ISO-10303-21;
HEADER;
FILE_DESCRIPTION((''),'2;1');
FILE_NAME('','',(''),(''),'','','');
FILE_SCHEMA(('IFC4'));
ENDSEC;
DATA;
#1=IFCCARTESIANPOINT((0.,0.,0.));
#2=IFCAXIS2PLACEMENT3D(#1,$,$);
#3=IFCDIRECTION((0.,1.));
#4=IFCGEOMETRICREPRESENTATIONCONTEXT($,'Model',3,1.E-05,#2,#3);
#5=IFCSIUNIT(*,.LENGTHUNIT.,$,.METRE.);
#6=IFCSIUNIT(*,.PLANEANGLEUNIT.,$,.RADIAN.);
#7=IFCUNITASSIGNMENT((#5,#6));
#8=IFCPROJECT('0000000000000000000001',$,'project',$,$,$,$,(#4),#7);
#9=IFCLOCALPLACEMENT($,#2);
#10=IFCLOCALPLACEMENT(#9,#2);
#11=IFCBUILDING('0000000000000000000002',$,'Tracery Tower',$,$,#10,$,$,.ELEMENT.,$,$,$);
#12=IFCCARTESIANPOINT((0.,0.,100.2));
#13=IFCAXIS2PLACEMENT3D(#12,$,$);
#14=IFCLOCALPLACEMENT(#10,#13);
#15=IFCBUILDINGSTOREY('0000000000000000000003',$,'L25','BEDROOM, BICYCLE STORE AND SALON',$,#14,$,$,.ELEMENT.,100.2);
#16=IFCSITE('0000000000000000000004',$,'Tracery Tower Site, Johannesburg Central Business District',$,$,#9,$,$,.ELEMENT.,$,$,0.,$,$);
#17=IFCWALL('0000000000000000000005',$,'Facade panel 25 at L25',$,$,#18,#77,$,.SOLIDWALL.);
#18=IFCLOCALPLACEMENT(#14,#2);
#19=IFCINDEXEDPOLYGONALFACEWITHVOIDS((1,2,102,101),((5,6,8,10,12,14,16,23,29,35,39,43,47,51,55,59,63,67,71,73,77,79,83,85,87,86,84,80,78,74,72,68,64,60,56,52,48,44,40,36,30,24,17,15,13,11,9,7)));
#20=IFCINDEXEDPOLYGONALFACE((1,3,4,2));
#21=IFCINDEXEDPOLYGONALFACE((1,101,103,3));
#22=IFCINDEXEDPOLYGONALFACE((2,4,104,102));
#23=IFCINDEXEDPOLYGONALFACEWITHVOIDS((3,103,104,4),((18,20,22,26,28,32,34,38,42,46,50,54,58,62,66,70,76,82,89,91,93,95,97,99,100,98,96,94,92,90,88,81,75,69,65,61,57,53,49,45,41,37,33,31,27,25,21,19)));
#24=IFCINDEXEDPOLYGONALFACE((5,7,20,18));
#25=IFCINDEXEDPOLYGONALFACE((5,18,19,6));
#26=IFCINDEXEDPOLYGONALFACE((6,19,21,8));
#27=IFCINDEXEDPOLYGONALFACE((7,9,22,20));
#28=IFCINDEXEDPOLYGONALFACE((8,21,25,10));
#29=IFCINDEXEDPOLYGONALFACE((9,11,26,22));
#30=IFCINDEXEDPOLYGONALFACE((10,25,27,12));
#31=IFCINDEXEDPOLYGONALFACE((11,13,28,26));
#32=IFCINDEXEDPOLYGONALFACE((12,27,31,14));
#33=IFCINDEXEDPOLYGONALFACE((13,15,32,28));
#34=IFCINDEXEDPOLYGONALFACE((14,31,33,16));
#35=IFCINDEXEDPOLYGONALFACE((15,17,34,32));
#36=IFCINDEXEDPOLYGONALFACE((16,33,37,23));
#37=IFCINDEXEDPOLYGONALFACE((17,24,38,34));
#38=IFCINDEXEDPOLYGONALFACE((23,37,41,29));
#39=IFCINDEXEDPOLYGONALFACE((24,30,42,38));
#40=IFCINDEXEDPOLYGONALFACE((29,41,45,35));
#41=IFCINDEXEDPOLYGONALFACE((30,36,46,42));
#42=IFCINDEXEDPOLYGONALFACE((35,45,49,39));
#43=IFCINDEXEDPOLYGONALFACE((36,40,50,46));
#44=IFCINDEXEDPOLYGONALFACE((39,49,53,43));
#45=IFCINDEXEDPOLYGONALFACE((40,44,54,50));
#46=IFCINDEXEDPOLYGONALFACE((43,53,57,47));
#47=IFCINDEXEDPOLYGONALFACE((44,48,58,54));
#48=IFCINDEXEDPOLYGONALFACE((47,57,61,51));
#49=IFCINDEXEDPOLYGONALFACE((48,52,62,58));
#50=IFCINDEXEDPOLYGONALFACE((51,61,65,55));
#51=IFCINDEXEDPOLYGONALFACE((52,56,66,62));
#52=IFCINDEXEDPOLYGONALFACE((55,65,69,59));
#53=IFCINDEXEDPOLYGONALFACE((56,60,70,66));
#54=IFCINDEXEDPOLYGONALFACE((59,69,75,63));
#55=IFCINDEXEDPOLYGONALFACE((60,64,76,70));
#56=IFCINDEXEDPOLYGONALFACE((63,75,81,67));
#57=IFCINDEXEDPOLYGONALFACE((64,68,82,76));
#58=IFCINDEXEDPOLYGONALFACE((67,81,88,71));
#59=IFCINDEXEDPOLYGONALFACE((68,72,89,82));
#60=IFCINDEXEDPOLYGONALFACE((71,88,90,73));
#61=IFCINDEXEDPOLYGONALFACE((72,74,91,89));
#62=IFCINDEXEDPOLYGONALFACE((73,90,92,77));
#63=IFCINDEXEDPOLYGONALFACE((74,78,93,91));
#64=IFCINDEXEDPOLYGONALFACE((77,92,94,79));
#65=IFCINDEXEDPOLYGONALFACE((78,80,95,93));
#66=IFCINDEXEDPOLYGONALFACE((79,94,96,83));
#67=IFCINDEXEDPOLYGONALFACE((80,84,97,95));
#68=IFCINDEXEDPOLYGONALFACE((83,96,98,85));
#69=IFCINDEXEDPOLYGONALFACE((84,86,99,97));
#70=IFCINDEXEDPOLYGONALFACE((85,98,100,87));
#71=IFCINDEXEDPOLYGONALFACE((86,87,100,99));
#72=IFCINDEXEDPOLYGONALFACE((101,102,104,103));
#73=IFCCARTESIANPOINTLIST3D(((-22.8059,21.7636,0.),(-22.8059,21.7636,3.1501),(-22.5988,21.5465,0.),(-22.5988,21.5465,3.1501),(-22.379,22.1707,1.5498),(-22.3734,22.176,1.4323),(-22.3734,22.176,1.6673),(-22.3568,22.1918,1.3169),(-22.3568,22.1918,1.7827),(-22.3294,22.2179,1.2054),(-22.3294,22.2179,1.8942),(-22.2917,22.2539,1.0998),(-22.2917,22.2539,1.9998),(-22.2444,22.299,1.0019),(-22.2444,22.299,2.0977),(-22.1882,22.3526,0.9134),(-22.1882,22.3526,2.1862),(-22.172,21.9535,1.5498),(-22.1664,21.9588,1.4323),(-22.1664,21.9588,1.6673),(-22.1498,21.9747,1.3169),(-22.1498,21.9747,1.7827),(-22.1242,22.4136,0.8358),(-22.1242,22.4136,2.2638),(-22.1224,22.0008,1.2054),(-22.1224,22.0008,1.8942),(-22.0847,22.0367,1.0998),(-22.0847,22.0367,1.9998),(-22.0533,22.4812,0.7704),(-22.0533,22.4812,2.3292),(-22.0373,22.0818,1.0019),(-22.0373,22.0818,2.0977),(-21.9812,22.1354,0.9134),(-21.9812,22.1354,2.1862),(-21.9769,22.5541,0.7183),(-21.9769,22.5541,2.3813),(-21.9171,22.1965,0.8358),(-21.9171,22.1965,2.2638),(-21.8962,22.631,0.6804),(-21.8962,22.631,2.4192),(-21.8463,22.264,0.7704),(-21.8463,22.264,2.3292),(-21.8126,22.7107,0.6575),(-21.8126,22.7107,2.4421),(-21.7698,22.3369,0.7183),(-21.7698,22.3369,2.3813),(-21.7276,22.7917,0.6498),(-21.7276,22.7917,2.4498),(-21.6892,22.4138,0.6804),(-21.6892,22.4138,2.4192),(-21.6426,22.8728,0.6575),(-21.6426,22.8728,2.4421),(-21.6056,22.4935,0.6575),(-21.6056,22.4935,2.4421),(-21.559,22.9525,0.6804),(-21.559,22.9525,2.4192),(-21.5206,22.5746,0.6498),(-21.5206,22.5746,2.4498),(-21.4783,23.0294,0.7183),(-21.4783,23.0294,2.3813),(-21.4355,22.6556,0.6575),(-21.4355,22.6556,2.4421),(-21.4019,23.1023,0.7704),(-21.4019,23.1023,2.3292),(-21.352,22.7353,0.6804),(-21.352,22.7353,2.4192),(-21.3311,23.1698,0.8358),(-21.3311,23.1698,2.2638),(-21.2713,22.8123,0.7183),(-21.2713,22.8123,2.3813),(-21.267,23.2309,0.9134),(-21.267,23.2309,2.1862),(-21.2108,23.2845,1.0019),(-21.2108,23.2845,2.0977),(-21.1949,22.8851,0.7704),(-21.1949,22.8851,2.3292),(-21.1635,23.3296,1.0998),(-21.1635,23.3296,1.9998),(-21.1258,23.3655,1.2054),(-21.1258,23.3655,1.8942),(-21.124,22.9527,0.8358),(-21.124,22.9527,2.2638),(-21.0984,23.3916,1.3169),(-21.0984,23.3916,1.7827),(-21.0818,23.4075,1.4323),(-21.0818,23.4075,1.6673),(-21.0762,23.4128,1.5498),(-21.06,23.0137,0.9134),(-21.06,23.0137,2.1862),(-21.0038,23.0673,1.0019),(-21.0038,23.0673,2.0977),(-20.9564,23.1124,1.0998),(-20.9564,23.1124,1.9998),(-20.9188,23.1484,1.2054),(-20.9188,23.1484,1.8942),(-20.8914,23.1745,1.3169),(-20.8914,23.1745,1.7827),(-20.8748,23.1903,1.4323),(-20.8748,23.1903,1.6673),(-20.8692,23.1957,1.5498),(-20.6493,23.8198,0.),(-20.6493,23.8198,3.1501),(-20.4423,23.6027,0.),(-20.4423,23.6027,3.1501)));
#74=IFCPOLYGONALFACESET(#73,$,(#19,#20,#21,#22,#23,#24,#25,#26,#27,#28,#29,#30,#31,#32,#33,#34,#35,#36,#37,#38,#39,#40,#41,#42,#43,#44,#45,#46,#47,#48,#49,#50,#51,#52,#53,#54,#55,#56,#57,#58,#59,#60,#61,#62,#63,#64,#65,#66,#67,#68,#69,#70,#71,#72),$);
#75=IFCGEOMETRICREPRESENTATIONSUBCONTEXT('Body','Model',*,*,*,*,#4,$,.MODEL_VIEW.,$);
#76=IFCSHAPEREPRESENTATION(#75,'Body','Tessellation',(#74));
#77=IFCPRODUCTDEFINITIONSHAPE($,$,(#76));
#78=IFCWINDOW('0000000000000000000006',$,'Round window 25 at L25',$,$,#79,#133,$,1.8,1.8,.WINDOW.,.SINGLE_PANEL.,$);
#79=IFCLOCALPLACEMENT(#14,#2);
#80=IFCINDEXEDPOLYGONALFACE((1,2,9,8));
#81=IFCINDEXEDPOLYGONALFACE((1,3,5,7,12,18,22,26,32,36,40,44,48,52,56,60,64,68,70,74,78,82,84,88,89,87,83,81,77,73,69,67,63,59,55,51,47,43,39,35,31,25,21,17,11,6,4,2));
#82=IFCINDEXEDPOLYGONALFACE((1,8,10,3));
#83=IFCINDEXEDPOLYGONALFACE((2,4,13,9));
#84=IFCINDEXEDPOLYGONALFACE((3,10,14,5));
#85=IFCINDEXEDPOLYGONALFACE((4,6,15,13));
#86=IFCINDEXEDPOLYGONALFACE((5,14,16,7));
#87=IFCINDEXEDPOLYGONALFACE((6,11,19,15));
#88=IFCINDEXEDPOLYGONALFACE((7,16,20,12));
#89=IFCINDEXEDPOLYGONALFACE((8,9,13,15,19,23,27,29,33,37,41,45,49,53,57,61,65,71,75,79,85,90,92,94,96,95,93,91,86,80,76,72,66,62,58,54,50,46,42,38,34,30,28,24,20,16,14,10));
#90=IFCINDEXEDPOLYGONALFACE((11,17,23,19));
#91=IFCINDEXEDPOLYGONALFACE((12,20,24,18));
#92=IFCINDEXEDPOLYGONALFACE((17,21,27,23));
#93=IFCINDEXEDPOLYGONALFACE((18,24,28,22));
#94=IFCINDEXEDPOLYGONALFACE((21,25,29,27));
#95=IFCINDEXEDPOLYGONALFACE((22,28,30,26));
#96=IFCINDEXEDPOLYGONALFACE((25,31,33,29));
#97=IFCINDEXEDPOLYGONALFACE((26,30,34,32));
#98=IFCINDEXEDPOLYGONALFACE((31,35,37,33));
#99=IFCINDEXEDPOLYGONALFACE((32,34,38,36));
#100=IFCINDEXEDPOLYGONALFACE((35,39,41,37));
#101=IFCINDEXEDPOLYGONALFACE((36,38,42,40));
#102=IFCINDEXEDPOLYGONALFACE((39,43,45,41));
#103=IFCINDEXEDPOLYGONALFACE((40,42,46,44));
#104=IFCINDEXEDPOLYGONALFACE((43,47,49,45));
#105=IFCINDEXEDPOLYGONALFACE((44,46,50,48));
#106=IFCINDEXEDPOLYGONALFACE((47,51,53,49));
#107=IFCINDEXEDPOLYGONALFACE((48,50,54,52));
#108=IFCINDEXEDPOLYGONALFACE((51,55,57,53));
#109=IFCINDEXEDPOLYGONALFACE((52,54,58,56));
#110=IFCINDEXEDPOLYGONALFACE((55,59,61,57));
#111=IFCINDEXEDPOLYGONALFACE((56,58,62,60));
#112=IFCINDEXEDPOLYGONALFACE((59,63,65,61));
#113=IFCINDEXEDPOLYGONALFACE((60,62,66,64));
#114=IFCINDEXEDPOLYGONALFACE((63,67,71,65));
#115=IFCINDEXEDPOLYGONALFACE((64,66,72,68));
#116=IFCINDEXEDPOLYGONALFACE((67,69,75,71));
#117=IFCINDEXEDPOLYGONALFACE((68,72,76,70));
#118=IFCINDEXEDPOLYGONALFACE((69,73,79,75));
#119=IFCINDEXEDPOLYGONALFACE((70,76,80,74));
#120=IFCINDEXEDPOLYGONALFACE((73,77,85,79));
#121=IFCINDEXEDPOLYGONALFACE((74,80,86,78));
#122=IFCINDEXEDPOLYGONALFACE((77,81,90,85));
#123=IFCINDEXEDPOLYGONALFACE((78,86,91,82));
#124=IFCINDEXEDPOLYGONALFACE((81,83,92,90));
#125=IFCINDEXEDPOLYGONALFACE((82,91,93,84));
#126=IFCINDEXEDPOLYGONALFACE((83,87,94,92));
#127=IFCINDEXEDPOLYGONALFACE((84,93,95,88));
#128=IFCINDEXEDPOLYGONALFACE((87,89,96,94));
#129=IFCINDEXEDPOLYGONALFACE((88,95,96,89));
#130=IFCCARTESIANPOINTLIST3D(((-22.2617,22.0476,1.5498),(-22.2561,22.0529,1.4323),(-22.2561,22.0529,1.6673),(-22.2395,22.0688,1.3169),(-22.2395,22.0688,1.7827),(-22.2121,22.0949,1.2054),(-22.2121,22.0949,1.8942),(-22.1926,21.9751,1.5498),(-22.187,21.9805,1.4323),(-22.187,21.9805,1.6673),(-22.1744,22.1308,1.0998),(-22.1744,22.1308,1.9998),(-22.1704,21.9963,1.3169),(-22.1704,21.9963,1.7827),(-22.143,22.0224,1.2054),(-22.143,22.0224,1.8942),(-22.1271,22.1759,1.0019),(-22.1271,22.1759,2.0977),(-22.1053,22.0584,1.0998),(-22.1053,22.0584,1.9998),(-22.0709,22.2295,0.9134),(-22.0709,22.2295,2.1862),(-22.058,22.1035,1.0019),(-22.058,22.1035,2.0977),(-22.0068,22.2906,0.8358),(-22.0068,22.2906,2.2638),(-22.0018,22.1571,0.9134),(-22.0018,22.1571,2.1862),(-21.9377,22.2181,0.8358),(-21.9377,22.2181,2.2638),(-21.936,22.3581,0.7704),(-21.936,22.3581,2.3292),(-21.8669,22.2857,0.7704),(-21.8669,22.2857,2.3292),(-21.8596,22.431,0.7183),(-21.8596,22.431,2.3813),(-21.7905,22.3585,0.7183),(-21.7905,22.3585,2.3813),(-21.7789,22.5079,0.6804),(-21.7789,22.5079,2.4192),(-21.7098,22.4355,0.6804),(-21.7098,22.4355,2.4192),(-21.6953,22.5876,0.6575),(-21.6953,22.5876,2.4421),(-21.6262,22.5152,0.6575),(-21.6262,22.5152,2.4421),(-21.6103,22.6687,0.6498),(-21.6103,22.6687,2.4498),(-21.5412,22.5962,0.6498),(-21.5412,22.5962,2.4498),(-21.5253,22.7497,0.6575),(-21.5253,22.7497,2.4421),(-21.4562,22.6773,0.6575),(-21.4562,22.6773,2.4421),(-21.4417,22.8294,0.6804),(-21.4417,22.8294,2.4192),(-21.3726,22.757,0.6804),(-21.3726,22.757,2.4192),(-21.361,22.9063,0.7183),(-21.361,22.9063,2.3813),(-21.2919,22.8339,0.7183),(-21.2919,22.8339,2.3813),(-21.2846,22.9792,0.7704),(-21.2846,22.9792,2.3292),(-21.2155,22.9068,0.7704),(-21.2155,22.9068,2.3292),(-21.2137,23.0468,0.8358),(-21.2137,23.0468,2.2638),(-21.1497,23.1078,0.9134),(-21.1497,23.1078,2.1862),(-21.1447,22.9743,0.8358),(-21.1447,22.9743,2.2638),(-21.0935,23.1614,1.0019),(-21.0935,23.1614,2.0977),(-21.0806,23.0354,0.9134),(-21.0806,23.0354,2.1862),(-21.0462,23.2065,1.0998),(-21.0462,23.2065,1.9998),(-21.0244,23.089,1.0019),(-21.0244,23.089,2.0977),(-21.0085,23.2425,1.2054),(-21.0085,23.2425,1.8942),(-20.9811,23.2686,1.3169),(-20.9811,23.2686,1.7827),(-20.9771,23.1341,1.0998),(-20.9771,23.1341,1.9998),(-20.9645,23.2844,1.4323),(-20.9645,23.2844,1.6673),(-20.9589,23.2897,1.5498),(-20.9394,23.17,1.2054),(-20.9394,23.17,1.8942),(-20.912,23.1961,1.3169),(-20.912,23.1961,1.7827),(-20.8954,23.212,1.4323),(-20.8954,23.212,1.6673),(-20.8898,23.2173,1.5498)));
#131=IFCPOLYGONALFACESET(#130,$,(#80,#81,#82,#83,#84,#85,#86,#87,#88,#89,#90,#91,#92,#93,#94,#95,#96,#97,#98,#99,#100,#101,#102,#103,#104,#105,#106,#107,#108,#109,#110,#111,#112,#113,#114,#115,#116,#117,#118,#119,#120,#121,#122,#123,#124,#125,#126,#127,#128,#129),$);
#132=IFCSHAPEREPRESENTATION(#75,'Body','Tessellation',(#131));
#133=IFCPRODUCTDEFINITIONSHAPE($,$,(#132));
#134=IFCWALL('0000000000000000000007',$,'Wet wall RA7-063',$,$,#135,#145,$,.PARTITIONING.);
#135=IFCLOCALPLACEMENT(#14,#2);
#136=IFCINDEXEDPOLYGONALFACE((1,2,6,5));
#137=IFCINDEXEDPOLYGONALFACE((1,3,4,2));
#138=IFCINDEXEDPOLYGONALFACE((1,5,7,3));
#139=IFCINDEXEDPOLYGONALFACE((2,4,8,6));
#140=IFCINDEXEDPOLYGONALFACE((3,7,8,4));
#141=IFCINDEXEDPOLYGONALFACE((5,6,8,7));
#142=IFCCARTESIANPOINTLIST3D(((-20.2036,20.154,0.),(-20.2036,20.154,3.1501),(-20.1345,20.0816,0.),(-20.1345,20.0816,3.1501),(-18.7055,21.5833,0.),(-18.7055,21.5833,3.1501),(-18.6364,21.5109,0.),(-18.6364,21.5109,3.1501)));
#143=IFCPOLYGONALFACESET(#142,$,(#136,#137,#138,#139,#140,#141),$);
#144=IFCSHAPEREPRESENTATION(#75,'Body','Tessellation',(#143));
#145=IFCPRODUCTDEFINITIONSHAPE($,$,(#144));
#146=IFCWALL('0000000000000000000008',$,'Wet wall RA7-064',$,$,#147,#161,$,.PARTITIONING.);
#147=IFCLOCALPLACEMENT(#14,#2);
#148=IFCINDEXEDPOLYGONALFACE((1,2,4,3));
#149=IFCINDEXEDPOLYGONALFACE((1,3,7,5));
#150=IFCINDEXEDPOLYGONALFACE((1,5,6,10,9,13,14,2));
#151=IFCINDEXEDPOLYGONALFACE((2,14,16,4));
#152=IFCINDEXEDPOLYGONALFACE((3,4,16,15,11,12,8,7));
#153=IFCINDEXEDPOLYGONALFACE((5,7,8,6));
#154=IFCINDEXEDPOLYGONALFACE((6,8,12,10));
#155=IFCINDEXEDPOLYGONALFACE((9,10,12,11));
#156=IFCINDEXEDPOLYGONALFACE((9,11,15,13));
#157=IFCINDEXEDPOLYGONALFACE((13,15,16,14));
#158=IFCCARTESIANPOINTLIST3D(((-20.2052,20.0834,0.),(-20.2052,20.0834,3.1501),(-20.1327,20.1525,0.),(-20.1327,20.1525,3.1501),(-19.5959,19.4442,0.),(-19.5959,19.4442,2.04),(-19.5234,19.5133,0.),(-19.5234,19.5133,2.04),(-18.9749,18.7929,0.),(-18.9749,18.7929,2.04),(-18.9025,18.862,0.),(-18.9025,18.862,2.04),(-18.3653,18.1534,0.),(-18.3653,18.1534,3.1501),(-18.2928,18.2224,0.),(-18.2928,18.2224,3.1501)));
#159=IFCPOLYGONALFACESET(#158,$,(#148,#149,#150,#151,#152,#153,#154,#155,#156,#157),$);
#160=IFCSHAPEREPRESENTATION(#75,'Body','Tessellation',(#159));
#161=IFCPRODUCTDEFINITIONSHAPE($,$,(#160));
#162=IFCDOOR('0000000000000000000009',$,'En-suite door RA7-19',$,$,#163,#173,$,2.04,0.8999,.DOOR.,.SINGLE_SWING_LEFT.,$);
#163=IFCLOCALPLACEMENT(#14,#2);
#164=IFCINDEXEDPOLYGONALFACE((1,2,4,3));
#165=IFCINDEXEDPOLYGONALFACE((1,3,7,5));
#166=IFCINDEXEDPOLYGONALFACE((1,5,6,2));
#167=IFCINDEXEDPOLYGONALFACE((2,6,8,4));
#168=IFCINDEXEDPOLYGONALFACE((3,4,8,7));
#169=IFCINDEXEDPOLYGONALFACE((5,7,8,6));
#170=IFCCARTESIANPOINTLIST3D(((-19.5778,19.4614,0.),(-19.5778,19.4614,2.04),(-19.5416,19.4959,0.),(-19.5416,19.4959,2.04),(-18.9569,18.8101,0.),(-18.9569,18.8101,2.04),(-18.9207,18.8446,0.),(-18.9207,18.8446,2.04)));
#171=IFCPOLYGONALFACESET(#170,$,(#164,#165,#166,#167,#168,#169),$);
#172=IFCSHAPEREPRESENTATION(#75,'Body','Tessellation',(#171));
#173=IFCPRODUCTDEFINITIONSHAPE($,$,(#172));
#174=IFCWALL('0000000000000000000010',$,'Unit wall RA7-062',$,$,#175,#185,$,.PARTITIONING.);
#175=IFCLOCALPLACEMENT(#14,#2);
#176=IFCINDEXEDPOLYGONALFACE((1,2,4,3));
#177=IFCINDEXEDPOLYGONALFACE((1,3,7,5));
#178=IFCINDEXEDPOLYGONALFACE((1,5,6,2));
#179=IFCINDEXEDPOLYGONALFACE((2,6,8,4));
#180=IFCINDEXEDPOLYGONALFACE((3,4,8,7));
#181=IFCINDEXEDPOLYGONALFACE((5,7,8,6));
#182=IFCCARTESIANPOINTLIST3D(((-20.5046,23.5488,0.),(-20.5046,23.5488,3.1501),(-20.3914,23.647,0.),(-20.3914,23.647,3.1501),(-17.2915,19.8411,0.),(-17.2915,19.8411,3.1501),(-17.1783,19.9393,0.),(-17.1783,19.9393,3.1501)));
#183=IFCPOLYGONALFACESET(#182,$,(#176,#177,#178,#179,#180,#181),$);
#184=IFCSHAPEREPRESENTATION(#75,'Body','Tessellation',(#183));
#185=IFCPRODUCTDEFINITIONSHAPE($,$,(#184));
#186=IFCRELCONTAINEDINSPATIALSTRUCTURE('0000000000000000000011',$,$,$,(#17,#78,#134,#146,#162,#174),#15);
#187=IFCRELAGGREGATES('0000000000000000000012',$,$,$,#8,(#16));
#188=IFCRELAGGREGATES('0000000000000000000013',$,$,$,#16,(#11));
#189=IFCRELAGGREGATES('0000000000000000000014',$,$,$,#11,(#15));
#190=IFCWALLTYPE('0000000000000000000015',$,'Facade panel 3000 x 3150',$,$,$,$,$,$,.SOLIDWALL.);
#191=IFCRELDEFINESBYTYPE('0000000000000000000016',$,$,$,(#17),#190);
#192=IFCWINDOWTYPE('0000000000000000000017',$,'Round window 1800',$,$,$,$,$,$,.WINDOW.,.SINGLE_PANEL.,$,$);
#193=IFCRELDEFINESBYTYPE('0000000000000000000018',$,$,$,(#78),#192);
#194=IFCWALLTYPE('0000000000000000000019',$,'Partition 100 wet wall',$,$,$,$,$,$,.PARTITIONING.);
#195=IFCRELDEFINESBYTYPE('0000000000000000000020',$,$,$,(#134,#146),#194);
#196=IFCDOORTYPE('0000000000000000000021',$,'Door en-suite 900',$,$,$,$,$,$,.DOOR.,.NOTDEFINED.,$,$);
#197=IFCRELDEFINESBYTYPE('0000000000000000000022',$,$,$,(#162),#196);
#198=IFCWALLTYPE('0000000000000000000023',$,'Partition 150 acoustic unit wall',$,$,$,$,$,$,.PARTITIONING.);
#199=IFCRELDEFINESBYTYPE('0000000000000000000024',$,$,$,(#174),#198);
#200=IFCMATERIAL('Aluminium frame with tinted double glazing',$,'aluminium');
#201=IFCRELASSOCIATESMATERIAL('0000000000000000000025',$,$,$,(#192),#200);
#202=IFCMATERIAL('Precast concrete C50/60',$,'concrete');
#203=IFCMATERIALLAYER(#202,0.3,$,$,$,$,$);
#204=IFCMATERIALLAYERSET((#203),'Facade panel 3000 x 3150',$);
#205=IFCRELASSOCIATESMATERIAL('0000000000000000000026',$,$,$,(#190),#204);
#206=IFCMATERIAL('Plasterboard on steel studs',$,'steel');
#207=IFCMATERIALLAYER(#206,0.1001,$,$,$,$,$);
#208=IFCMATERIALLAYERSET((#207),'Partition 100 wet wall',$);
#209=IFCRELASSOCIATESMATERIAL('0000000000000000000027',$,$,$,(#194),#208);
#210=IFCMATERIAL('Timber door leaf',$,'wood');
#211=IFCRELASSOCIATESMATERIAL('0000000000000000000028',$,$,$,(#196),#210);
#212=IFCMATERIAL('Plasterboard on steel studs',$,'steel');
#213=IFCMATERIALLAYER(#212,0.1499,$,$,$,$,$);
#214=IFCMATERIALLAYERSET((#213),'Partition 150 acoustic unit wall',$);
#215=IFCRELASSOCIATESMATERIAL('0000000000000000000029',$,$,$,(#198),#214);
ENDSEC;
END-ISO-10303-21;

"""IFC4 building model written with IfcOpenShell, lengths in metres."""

from ifc_helpers import new_model, si_unit, direction, frame, frame_2d, origin, origin_2d, place, context, subcontext, project, spatial, rectangle, circle, extrude, material, layer, layer_set, type_object, element, fill, save


model = new_model("IFC4")

# Units and contexts
model_context = context("Model", 3, precision=1e-05, world=origin(), true_north=direction((0.0, 1.0)))
body_context = subcontext(model_context, "Body", "Model", "MODEL_VIEW")
ifc_project = project(units=[si_unit("LENGTHUNIT", "METRE"), si_unit("PLANEANGLEUNIT", "RADIAN")], contexts=[model_context])

# Site, building, storey
site_placement = place(None, origin())
site = spatial("IfcSite", under=ifc_project, at=site_placement, Name="Tracery Tower Site, Johannesburg Central Business District", CompositionType="ELEMENT", RefElevation=0.0)
building_placement = place(site_placement, origin())
building = spatial("IfcBuilding", under=site, at=building_placement, Name="Tracery Tower", CompositionType="ELEMENT")
storey_placement = place(building_placement, frame((0.0, 0.0, 100.2)))
storey = spatial("IfcBuildingStorey", under=building, at=storey_placement, Name="L25", Description="BEDROOM, BICYCLE STORE AND SALON", CompositionType="ELEMENT", Elevation=100.2)

# Wall, opening, window
ifc_material_1 = material(Name="Aluminium frame with tinted double glazing", Category="aluminium")
window_type = type_object("IfcWindowType", Name="Round window 1800", PartitioningType="SINGLE_PANEL", PredefinedType="WINDOW", material=ifc_material_1)
ifc_material_2 = material(Name="Precast concrete C50/60", Category="concrete")
ifc_layer_1 = layer(ifc_material_2, 0.3)
ifc_layer_set_1 = layer_set([ifc_layer_1], Name="Facade panel 3000 x 3150")
wall_type_1 = type_object("IfcWallType", Name="Facade panel 3000 x 3150", PredefinedType="SOLIDWALL", material=ifc_layer_set_1)
wall_1_placement = place(storey_placement, frame((-20.5459, 23.7112, 0.0), z_axis=(0.0, 0.0, 1.0), x_axis=(-0.723744, -0.690068, 0.0)))
wall_1 = element("IfcWall", 1, at=wall_1_placement, inside=storey, type_object=wall_type_1, Name="Facade panel 25 at L25", PredefinedType="SOLIDWALL", context=body_context, shape_type="SweptSolid", body=[
    extrude(rectangle(XDim=2.9797, YDim=0.3, at=frame_2d((1.4897, 0.0))), origin(), (0.0, 0.0, 1.0), 3.1501),
])
opening_1_placement = place(wall_1_placement, frame((1.4897, 0.0, 1.5498)))
opening_1 = element("IfcOpeningElement", 2, at=opening_1_placement, cuts=wall_1, PredefinedType="OPENING", context=body_context, shape_type="SweptSolid", body=[
    extrude(circle(Radius=0.9, at=origin_2d()), frame((0.0, 0.1599, 0.0), z_axis=(0.0, -1.0, 0.0), x_axis=(1.0, 0.0, 0.0)), (0.0, 0.0, 1.0), 0.3201),
])
window_1_placement = place(opening_1_placement, origin())
window_1 = element("IfcWindow", 3, at=window_1_placement, inside=storey, type_object=window_type, Name="Round window 25 at L25", OverallHeight=1.8, OverallWidth=1.8, PartitioningType="SINGLE_PANEL", PredefinedType="WINDOW", context=body_context, shape_type="SweptSolid", body=[
    extrude(circle(Radius=0.9, at=origin_2d()), frame((0.0, 0.1201, 0.0), z_axis=(0.0, -1.0, 0.0), x_axis=(1.0, 0.0, 0.0)), (0.0, 0.0, 1.0), 0.1001),
])
fill(opening_1, window_1)

# Wall
ifc_material_3 = material(Name="Plasterboard on steel studs", Category="steel")
ifc_layer_2 = layer(ifc_material_3, 0.1001)
ifc_layer_set_2 = layer_set([ifc_layer_2], Name="Partition 100 wet wall")
wall_type_2 = type_object("IfcWallType", Name="Partition 100 wet wall", PredefinedType="PARTITIONING", material=ifc_layer_set_2)
wall_2_placement = place(storey_placement, frame((-20.1689, 20.1179, 0.0), z_axis=(0.0, 0.0, 1.0), x_axis=(0.723538, 0.690285, 0.0)))
element("IfcWall", 4, at=wall_2_placement, inside=storey, type_object=wall_type_2, Name="Wet wall RA7-063", PredefinedType="PARTITIONING", context=body_context, shape_type="SweptSolid", body=[
    extrude(rectangle(XDim=2.0706, YDim=0.1001, at=frame_2d((1.0352, 0.0))), origin(), (0.0, 0.0, 1.0), 3.1501),
])

# Wall, opening, door
wall_3_placement = place(storey_placement, frame((-20.1689, 20.1179, 0.0), z_axis=(0.0, 0.0, 1.0), x_axis=(0.690012, -0.723798, 0.0)))
wall_3 = element("IfcWall", 5, at=wall_3_placement, inside=storey, type_object=wall_type_2, Name="Wet wall RA7-064", PredefinedType="PARTITIONING", context=body_context, shape_type="SweptSolid", body=[
    extrude(rectangle(XDim=2.6665, YDim=0.1001, at=frame_2d((1.3333, 0.0))), origin(), (0.0, 0.0, 1.0), 3.1501),
])
opening_2_placement = place(wall_3_placement, frame((0.8831, 0.0, 0.0)))
opening_2 = element("IfcOpeningElement", 6, at=opening_2_placement, cuts=wall_3, PredefinedType="OPENING", context=body_context, shape_type="SweptSolid", body=[
    extrude(rectangle(XDim=0.8999, YDim=2.04, at=frame_2d((0.45, 1.02))), frame((0.0, 0.05, 0.0), z_axis=(0.0, -1.0, 0.0), x_axis=(1.0, 0.0, 0.0)), (0.0, 0.0, 1.0), 0.1001),
])
ifc_material_4 = material(Name="Timber door leaf", Category="wood")
door_type = type_object("IfcDoorType", Name="Door en-suite 900", OperationType="NOTDEFINED", PredefinedType="DOOR", material=ifc_material_4)
door_placement = place(opening_2_placement, origin())
door = element("IfcDoor", 7, at=door_placement, inside=storey, type_object=door_type, Name="En-suite door RA7-19", OperationType="SINGLE_SWING_LEFT", OverallHeight=2.04, OverallWidth=0.8999, PredefinedType="DOOR", context=body_context, shape_type="SweptSolid", body=[
    extrude(rectangle(XDim=0.8999, YDim=2.04, at=frame_2d((0.45, 1.02))), frame((0.0, 0.0249, 0.0), z_axis=(0.0, -1.0, 0.0), x_axis=(1.0, 0.0, 0.0)), (0.0, 0.0, 1.0), 0.05),
])
fill(opening_2, door)

# Wall
ifc_material_5 = material(Name="Plasterboard on steel studs", Category="steel")
ifc_layer_3 = layer(ifc_material_5, 0.1499)
ifc_layer_set_3 = layer_set([ifc_layer_3], Name="Partition 150 acoustic unit wall")
wall_type_3 = type_object("IfcWallType", Name="Partition 150 acoustic unit wall", PredefinedType="PARTITIONING", material=ifc_layer_set_3)
wall_4_placement = place(storey_placement, frame((-20.448, 23.5979, 0.0), z_axis=(0.0, 0.0, 1.0), x_axis=(0.6549, -0.755715, 0.0)))
element("IfcWall", 8, at=wall_4_placement, inside=storey, type_object=wall_type_3, Name="Unit wall RA7-062", PredefinedType="PARTITIONING", context=body_context, shape_type="SweptSolid", body=[
    extrude(rectangle(XDim=4.9062, YDim=0.1499, at=frame_2d((2.4531, 0.0))), origin(), (0.0, 0.0, 1.0), 3.1501),
])

save(model, "model.ifc")
